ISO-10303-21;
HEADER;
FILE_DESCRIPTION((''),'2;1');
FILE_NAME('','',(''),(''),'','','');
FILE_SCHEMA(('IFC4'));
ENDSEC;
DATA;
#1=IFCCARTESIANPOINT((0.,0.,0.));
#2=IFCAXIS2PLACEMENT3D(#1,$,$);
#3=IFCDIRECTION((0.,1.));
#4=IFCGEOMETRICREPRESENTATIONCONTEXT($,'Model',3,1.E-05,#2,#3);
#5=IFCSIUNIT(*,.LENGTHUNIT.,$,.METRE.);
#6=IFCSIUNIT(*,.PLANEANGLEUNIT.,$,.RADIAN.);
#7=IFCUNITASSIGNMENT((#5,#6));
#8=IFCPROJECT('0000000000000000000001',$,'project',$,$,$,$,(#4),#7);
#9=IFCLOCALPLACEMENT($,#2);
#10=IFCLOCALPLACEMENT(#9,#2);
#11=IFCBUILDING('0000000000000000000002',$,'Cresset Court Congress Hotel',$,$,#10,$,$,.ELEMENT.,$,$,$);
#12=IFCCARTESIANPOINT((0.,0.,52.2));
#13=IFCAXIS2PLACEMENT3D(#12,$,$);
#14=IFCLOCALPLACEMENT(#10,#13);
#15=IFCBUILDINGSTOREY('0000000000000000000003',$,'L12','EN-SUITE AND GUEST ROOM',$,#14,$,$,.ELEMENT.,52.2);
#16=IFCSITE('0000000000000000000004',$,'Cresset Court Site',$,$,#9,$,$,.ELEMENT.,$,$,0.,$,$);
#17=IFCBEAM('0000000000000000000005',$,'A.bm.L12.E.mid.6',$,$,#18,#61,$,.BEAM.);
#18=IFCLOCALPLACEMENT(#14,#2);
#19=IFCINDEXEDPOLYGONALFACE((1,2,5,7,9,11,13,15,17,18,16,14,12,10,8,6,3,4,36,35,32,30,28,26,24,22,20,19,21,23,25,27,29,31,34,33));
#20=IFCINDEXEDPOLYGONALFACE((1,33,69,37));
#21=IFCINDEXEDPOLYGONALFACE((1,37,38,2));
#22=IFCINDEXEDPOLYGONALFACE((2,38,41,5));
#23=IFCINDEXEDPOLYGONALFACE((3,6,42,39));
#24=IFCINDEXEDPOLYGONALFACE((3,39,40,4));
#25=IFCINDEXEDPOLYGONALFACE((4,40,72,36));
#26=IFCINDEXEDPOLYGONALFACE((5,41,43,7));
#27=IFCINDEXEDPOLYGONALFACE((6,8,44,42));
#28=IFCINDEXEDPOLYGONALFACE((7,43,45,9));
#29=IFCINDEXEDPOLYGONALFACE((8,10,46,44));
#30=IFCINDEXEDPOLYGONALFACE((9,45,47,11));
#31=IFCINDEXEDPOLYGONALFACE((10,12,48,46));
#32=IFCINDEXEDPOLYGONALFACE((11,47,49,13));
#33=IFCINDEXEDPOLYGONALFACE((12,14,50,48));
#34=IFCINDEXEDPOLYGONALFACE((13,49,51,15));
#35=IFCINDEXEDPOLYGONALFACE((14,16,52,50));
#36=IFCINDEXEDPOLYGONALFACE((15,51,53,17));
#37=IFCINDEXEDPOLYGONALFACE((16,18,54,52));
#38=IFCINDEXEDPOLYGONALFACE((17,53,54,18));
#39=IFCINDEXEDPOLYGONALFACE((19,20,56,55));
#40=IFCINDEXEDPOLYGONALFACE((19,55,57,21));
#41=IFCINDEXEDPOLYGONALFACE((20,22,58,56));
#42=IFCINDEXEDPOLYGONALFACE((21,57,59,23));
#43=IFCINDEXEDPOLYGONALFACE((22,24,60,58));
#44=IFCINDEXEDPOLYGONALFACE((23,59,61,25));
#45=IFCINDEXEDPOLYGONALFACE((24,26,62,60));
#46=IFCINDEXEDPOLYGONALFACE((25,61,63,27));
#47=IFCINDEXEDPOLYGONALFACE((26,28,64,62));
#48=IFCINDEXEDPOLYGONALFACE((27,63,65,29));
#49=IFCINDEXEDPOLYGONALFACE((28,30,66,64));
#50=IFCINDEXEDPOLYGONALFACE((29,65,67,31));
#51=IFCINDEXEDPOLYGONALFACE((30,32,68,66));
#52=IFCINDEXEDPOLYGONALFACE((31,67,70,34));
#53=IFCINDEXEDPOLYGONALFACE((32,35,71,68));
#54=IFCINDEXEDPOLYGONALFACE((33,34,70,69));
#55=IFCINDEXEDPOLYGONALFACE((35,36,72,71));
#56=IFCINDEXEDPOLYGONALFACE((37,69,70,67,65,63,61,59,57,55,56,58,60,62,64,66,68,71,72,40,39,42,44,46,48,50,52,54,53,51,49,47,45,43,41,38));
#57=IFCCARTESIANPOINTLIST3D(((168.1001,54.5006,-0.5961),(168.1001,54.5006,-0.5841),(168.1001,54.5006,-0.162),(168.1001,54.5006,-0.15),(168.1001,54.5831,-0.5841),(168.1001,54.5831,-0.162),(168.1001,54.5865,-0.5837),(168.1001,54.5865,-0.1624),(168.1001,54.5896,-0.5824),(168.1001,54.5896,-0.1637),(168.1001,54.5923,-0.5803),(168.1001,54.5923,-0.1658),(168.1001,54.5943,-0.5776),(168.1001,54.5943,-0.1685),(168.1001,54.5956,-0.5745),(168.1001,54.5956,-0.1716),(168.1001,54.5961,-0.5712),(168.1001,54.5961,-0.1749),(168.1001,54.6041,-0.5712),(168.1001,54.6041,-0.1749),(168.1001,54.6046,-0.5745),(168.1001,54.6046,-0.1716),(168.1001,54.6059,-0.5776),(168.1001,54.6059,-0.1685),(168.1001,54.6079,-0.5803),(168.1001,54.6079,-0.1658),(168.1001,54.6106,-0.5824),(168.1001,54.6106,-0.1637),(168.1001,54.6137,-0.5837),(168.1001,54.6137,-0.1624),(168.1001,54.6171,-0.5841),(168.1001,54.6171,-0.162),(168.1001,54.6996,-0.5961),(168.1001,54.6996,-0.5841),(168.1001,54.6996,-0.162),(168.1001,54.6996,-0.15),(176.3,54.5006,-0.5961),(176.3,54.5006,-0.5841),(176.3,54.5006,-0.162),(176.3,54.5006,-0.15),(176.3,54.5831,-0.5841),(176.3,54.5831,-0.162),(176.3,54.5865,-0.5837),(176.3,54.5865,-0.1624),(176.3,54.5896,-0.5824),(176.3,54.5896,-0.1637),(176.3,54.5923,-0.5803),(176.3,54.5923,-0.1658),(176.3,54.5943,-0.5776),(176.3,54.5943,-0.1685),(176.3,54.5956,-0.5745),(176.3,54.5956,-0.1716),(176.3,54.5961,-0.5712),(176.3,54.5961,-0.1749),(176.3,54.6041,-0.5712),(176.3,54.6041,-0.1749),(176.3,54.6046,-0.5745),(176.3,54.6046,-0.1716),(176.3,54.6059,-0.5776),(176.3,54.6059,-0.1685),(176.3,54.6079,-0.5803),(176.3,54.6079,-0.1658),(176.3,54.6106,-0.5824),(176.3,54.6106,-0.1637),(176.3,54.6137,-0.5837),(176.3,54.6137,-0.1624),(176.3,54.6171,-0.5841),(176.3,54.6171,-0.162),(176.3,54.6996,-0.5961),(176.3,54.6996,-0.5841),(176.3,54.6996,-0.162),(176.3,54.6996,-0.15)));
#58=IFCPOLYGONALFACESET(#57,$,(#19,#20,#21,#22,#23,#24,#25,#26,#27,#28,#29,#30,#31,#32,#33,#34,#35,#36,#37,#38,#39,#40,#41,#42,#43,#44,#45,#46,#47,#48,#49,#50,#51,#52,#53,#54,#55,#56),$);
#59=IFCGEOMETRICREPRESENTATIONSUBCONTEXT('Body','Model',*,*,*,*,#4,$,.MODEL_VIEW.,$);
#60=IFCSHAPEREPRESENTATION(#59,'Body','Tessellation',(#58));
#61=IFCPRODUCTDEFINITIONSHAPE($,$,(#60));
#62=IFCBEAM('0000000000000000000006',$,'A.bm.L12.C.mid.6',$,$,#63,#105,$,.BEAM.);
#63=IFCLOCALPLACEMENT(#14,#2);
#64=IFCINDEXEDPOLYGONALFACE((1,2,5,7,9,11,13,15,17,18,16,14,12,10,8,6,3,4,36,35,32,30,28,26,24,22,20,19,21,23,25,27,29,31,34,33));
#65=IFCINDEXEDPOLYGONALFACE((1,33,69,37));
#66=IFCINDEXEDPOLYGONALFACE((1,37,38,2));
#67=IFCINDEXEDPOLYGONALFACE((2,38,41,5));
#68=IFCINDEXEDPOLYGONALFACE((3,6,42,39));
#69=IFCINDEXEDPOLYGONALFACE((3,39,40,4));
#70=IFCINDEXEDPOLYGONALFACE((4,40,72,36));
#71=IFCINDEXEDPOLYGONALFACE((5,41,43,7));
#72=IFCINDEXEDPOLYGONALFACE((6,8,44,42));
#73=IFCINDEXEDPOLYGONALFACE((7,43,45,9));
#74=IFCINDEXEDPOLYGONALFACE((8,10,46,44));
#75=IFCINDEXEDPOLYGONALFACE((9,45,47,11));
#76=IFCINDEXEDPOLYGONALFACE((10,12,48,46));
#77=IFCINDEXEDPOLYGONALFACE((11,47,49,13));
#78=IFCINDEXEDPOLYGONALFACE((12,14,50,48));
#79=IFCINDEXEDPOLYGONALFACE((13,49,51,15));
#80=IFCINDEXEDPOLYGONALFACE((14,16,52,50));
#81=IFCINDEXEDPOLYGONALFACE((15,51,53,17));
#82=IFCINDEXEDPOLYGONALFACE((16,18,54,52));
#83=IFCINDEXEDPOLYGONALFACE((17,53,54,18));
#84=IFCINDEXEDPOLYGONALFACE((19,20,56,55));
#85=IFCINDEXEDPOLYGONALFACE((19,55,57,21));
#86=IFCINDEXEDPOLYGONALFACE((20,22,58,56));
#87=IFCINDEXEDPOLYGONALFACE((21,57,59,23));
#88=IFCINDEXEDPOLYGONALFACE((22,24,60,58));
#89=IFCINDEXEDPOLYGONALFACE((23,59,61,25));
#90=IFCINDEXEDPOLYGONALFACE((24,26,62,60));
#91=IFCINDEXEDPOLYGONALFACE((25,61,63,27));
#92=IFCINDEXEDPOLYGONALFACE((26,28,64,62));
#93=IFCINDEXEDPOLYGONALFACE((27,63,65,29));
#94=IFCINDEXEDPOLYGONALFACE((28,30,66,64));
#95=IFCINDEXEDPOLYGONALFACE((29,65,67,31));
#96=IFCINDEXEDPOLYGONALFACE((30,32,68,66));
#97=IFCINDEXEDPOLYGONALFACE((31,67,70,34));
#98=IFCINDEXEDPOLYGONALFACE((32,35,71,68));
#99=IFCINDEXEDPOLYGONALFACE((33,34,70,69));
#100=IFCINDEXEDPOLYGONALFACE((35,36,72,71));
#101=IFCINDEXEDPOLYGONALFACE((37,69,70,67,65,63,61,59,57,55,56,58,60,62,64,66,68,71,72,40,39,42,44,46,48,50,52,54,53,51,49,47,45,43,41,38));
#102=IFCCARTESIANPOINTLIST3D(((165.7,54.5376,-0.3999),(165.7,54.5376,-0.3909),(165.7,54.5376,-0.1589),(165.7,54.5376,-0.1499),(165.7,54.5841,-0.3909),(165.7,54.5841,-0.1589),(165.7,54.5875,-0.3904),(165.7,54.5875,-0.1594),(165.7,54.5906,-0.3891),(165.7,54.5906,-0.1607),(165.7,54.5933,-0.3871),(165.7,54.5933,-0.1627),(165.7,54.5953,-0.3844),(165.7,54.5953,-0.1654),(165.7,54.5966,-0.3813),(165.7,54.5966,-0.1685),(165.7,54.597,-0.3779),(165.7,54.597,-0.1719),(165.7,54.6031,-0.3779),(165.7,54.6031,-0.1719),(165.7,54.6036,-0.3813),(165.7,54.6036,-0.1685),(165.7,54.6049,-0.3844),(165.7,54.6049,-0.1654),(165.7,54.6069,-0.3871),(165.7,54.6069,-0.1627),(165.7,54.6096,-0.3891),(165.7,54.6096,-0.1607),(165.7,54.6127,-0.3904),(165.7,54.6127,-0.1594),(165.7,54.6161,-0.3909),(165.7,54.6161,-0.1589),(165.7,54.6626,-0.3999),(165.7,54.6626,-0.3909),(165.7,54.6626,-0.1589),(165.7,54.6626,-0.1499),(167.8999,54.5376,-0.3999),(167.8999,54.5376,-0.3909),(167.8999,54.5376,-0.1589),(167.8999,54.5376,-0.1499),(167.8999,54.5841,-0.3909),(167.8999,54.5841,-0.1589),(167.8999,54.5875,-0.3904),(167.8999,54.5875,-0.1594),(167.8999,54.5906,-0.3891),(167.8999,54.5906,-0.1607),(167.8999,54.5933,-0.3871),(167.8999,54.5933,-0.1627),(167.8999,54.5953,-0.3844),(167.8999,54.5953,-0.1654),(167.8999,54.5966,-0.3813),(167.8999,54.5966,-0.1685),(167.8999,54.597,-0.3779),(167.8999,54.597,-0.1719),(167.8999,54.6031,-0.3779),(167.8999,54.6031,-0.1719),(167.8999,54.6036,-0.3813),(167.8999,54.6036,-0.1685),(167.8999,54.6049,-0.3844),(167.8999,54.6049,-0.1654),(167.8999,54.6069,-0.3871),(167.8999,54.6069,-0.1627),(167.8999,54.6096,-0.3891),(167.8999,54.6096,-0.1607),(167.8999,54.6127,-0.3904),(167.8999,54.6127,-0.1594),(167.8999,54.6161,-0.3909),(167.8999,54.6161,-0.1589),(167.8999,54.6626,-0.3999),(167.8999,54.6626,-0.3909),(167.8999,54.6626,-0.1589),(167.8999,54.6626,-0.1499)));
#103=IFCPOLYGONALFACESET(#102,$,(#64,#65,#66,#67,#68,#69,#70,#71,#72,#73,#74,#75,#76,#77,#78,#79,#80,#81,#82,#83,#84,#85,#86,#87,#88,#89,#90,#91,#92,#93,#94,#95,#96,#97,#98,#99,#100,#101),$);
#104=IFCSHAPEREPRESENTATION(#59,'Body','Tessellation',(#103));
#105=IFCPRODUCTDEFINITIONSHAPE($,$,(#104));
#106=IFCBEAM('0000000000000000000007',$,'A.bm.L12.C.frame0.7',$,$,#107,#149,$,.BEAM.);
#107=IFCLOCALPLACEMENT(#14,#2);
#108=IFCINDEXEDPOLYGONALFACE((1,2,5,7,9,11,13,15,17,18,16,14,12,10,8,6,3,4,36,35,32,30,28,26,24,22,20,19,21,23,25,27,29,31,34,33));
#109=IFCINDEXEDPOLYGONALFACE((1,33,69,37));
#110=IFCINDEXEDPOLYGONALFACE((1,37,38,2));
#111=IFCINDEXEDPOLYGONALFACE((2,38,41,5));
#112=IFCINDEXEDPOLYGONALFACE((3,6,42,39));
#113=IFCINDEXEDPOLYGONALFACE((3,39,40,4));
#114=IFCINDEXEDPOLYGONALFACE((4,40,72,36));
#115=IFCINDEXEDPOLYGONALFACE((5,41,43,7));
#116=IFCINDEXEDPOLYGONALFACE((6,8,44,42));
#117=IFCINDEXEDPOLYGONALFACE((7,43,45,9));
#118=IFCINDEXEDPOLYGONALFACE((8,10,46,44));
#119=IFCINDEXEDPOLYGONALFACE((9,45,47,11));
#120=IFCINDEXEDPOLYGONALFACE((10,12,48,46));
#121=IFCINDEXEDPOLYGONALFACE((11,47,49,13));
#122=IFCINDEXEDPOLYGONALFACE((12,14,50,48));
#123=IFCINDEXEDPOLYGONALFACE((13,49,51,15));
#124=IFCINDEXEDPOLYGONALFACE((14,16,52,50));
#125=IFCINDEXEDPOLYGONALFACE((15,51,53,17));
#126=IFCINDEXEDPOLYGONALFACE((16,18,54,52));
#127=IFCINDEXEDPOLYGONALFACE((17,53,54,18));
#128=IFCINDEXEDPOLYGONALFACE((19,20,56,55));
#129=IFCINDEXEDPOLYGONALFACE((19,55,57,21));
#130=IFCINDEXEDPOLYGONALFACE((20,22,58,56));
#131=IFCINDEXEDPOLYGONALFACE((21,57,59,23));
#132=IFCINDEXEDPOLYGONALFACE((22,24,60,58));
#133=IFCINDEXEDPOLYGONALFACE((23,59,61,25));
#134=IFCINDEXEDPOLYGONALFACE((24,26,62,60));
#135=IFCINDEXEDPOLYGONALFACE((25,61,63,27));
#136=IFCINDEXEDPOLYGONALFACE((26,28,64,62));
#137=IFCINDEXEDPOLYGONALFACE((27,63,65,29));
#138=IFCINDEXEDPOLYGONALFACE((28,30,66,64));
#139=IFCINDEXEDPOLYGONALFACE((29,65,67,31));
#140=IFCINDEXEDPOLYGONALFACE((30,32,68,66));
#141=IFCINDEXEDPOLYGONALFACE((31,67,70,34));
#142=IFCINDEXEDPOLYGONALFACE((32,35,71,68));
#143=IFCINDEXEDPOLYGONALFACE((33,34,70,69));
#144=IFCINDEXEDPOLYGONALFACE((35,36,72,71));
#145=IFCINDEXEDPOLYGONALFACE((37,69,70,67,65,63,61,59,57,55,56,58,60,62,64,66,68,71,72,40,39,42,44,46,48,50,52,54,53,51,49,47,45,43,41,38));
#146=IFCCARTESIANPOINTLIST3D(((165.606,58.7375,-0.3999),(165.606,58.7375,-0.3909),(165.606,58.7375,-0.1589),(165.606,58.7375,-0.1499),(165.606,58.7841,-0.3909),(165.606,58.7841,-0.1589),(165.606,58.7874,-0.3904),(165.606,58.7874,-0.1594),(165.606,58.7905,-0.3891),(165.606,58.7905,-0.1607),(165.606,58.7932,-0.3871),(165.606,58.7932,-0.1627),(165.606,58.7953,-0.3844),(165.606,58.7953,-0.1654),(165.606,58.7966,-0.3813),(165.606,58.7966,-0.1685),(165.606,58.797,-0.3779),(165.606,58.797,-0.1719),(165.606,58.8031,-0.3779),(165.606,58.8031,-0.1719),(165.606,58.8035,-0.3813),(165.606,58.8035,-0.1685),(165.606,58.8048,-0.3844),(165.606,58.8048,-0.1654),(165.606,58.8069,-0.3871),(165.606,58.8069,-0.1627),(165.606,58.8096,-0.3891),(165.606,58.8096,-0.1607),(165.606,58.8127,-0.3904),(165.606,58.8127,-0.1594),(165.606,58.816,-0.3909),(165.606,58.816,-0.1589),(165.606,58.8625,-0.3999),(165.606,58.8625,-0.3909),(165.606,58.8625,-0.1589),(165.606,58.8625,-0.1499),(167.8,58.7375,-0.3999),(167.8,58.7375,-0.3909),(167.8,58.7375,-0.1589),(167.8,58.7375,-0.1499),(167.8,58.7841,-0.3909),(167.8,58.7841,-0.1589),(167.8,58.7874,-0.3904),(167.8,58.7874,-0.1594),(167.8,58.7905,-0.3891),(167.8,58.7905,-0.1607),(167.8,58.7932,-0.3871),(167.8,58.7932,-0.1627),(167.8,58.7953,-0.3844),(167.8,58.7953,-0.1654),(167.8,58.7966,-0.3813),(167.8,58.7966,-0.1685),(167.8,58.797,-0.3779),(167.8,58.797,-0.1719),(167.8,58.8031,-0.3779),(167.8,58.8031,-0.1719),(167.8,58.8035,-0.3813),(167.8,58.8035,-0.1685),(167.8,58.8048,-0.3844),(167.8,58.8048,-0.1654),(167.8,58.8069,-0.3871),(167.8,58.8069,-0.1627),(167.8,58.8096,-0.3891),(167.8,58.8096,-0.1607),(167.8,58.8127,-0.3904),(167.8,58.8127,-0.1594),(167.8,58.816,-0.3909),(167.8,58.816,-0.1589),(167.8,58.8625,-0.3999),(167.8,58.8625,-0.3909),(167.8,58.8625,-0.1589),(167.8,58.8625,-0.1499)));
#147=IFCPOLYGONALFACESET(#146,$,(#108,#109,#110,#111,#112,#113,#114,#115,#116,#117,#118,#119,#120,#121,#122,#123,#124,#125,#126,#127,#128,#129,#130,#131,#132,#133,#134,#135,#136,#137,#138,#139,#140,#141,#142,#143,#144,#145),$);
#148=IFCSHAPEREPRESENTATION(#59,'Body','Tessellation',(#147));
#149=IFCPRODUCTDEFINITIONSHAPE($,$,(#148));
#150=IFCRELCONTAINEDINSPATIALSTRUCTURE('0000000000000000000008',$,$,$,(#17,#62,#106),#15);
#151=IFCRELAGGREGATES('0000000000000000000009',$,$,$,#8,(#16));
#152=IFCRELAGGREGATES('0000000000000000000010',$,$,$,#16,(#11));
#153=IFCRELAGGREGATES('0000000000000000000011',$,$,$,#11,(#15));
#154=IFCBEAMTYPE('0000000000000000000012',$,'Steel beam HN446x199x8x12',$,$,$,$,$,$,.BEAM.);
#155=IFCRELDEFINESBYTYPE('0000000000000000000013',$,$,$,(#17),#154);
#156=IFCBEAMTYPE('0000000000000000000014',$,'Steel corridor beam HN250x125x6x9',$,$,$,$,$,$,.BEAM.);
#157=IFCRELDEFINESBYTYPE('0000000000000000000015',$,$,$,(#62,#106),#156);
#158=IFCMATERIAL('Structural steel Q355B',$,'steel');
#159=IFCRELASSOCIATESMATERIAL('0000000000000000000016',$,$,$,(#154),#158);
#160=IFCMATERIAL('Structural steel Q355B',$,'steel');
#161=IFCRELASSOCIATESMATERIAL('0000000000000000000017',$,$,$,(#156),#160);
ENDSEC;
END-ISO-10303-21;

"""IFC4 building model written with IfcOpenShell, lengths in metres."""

from ifc_helpers import new_model, si_unit, direction, frame, origin, origin_2d, place, context, subcontext, project, spatial, i_section, extrude, material, material_profile, profile_set, type_object, element, save


model = new_model("IFC4")

# Units and contexts
model_context = context("Model", 3, precision=1e-05, world=origin(), true_north=direction((0.0, 1.0)))
body_context = subcontext(model_context, "Body", "Model", "MODEL_VIEW")
ifc_project = project(units=[si_unit("LENGTHUNIT", "METRE"), si_unit("PLANEANGLEUNIT", "RADIAN")], contexts=[model_context])

# Site, building, storey
site_placement = place(None, origin())
site = spatial("IfcSite", under=ifc_project, at=site_placement, Name="Cresset Court Site", CompositionType="ELEMENT", RefElevation=0.0)
building_placement = place(site_placement, origin())
building = spatial("IfcBuilding", under=site, at=building_placement, Name="Cresset Court Congress Hotel", CompositionType="ELEMENT")
storey_placement = place(building_placement, frame((0.0, 0.0, 52.2)))
storey = spatial("IfcBuildingStorey", under=building, at=storey_placement, Name="L12", Description="EN-SUITE AND GUEST ROOM", CompositionType="ELEMENT", Elevation=52.2)

# Beams
ifc_material_1 = material(Name="Structural steel Q355B", Category="steel")
ifc_material_profile_1 = material_profile(ifc_material_1, i_section(OverallWidth=0.199, OverallDepth=0.446, WebThickness=0.0081, FlangeThickness=0.012, FilletRadius=0.0129, at=origin_2d()), Name="HN446x199x8x12")
ifc_profile_set_1 = profile_set([ifc_material_profile_1], Name="Structural steel Q355B")
beam_type_1 = type_object("IfcBeamType", Name="Steel beam HN446x199x8x12", PredefinedType="BEAM", material=ifc_profile_set_1)
beam_1_placement = place(storey_placement, frame((168.1001, 54.6001, -0.373), z_axis=(1.0, 0.0, 0.0), x_axis=(0.0, 1.0, 0.0)))
element("IfcBeam", 1, at=beam_1_placement, inside=storey, type_object=beam_type_1, Name="A.bm.L12.E.mid.6", PredefinedType="BEAM", context=body_context, shape_type="SweptSolid", body=[
    extrude(i_section(OverallWidth=0.199, OverallDepth=0.446, WebThickness=0.0081, FlangeThickness=0.012, FilletRadius=0.0129, at=origin_2d()), origin(), (0.0, 0.0, 1.0), 8.2),
])
ifc_material_2 = material(Name="Structural steel Q355B", Category="steel")
ifc_material_profile_2 = material_profile(ifc_material_2, i_section(OverallWidth=0.125, OverallDepth=0.25, WebThickness=0.0061, FlangeThickness=0.009, FilletRadius=0.0129, at=origin_2d()), Name="HN250x125x6x9")
ifc_profile_set_2 = profile_set([ifc_material_profile_2], Name="Structural steel Q355B")
beam_type_2 = type_object("IfcBeamType", Name="Steel corridor beam HN250x125x6x9", PredefinedType="BEAM", material=ifc_profile_set_2)
beam_2_placement = place(storey_placement, frame((165.7, 54.6001, -0.2749), z_axis=(1.0, 0.0, 0.0), x_axis=(0.0, 1.0, 0.0)))
element("IfcBeam", 2, at=beam_2_placement, inside=storey, type_object=beam_type_2, Name="A.bm.L12.C.mid.6", PredefinedType="BEAM", context=body_context, shape_type="SweptSolid", body=[
    extrude(i_section(OverallWidth=0.125, OverallDepth=0.25, WebThickness=0.0061, FlangeThickness=0.009, FilletRadius=0.0129, at=origin_2d()), origin(), (0.0, 0.0, 1.0), 2.2),
])
beam_3_placement = place(storey_placement, frame((165.606, 58.8, -0.2749), z_axis=(1.0, 0.0, 0.0), x_axis=(0.0, 1.0, 0.0)))
element("IfcBeam", 3, at=beam_3_placement, inside=storey, type_object=beam_type_2, Name="A.bm.L12.C.frame0.7", PredefinedType="BEAM", context=body_context, shape_type="SweptSolid", body=[
    extrude(i_section(OverallWidth=0.125, OverallDepth=0.25, WebThickness=0.0061, FlangeThickness=0.009, FilletRadius=0.0129, at=origin_2d()), origin(), (0.0, 0.0, 1.0), 2.1941),
])

save(model, "model.ifc")
